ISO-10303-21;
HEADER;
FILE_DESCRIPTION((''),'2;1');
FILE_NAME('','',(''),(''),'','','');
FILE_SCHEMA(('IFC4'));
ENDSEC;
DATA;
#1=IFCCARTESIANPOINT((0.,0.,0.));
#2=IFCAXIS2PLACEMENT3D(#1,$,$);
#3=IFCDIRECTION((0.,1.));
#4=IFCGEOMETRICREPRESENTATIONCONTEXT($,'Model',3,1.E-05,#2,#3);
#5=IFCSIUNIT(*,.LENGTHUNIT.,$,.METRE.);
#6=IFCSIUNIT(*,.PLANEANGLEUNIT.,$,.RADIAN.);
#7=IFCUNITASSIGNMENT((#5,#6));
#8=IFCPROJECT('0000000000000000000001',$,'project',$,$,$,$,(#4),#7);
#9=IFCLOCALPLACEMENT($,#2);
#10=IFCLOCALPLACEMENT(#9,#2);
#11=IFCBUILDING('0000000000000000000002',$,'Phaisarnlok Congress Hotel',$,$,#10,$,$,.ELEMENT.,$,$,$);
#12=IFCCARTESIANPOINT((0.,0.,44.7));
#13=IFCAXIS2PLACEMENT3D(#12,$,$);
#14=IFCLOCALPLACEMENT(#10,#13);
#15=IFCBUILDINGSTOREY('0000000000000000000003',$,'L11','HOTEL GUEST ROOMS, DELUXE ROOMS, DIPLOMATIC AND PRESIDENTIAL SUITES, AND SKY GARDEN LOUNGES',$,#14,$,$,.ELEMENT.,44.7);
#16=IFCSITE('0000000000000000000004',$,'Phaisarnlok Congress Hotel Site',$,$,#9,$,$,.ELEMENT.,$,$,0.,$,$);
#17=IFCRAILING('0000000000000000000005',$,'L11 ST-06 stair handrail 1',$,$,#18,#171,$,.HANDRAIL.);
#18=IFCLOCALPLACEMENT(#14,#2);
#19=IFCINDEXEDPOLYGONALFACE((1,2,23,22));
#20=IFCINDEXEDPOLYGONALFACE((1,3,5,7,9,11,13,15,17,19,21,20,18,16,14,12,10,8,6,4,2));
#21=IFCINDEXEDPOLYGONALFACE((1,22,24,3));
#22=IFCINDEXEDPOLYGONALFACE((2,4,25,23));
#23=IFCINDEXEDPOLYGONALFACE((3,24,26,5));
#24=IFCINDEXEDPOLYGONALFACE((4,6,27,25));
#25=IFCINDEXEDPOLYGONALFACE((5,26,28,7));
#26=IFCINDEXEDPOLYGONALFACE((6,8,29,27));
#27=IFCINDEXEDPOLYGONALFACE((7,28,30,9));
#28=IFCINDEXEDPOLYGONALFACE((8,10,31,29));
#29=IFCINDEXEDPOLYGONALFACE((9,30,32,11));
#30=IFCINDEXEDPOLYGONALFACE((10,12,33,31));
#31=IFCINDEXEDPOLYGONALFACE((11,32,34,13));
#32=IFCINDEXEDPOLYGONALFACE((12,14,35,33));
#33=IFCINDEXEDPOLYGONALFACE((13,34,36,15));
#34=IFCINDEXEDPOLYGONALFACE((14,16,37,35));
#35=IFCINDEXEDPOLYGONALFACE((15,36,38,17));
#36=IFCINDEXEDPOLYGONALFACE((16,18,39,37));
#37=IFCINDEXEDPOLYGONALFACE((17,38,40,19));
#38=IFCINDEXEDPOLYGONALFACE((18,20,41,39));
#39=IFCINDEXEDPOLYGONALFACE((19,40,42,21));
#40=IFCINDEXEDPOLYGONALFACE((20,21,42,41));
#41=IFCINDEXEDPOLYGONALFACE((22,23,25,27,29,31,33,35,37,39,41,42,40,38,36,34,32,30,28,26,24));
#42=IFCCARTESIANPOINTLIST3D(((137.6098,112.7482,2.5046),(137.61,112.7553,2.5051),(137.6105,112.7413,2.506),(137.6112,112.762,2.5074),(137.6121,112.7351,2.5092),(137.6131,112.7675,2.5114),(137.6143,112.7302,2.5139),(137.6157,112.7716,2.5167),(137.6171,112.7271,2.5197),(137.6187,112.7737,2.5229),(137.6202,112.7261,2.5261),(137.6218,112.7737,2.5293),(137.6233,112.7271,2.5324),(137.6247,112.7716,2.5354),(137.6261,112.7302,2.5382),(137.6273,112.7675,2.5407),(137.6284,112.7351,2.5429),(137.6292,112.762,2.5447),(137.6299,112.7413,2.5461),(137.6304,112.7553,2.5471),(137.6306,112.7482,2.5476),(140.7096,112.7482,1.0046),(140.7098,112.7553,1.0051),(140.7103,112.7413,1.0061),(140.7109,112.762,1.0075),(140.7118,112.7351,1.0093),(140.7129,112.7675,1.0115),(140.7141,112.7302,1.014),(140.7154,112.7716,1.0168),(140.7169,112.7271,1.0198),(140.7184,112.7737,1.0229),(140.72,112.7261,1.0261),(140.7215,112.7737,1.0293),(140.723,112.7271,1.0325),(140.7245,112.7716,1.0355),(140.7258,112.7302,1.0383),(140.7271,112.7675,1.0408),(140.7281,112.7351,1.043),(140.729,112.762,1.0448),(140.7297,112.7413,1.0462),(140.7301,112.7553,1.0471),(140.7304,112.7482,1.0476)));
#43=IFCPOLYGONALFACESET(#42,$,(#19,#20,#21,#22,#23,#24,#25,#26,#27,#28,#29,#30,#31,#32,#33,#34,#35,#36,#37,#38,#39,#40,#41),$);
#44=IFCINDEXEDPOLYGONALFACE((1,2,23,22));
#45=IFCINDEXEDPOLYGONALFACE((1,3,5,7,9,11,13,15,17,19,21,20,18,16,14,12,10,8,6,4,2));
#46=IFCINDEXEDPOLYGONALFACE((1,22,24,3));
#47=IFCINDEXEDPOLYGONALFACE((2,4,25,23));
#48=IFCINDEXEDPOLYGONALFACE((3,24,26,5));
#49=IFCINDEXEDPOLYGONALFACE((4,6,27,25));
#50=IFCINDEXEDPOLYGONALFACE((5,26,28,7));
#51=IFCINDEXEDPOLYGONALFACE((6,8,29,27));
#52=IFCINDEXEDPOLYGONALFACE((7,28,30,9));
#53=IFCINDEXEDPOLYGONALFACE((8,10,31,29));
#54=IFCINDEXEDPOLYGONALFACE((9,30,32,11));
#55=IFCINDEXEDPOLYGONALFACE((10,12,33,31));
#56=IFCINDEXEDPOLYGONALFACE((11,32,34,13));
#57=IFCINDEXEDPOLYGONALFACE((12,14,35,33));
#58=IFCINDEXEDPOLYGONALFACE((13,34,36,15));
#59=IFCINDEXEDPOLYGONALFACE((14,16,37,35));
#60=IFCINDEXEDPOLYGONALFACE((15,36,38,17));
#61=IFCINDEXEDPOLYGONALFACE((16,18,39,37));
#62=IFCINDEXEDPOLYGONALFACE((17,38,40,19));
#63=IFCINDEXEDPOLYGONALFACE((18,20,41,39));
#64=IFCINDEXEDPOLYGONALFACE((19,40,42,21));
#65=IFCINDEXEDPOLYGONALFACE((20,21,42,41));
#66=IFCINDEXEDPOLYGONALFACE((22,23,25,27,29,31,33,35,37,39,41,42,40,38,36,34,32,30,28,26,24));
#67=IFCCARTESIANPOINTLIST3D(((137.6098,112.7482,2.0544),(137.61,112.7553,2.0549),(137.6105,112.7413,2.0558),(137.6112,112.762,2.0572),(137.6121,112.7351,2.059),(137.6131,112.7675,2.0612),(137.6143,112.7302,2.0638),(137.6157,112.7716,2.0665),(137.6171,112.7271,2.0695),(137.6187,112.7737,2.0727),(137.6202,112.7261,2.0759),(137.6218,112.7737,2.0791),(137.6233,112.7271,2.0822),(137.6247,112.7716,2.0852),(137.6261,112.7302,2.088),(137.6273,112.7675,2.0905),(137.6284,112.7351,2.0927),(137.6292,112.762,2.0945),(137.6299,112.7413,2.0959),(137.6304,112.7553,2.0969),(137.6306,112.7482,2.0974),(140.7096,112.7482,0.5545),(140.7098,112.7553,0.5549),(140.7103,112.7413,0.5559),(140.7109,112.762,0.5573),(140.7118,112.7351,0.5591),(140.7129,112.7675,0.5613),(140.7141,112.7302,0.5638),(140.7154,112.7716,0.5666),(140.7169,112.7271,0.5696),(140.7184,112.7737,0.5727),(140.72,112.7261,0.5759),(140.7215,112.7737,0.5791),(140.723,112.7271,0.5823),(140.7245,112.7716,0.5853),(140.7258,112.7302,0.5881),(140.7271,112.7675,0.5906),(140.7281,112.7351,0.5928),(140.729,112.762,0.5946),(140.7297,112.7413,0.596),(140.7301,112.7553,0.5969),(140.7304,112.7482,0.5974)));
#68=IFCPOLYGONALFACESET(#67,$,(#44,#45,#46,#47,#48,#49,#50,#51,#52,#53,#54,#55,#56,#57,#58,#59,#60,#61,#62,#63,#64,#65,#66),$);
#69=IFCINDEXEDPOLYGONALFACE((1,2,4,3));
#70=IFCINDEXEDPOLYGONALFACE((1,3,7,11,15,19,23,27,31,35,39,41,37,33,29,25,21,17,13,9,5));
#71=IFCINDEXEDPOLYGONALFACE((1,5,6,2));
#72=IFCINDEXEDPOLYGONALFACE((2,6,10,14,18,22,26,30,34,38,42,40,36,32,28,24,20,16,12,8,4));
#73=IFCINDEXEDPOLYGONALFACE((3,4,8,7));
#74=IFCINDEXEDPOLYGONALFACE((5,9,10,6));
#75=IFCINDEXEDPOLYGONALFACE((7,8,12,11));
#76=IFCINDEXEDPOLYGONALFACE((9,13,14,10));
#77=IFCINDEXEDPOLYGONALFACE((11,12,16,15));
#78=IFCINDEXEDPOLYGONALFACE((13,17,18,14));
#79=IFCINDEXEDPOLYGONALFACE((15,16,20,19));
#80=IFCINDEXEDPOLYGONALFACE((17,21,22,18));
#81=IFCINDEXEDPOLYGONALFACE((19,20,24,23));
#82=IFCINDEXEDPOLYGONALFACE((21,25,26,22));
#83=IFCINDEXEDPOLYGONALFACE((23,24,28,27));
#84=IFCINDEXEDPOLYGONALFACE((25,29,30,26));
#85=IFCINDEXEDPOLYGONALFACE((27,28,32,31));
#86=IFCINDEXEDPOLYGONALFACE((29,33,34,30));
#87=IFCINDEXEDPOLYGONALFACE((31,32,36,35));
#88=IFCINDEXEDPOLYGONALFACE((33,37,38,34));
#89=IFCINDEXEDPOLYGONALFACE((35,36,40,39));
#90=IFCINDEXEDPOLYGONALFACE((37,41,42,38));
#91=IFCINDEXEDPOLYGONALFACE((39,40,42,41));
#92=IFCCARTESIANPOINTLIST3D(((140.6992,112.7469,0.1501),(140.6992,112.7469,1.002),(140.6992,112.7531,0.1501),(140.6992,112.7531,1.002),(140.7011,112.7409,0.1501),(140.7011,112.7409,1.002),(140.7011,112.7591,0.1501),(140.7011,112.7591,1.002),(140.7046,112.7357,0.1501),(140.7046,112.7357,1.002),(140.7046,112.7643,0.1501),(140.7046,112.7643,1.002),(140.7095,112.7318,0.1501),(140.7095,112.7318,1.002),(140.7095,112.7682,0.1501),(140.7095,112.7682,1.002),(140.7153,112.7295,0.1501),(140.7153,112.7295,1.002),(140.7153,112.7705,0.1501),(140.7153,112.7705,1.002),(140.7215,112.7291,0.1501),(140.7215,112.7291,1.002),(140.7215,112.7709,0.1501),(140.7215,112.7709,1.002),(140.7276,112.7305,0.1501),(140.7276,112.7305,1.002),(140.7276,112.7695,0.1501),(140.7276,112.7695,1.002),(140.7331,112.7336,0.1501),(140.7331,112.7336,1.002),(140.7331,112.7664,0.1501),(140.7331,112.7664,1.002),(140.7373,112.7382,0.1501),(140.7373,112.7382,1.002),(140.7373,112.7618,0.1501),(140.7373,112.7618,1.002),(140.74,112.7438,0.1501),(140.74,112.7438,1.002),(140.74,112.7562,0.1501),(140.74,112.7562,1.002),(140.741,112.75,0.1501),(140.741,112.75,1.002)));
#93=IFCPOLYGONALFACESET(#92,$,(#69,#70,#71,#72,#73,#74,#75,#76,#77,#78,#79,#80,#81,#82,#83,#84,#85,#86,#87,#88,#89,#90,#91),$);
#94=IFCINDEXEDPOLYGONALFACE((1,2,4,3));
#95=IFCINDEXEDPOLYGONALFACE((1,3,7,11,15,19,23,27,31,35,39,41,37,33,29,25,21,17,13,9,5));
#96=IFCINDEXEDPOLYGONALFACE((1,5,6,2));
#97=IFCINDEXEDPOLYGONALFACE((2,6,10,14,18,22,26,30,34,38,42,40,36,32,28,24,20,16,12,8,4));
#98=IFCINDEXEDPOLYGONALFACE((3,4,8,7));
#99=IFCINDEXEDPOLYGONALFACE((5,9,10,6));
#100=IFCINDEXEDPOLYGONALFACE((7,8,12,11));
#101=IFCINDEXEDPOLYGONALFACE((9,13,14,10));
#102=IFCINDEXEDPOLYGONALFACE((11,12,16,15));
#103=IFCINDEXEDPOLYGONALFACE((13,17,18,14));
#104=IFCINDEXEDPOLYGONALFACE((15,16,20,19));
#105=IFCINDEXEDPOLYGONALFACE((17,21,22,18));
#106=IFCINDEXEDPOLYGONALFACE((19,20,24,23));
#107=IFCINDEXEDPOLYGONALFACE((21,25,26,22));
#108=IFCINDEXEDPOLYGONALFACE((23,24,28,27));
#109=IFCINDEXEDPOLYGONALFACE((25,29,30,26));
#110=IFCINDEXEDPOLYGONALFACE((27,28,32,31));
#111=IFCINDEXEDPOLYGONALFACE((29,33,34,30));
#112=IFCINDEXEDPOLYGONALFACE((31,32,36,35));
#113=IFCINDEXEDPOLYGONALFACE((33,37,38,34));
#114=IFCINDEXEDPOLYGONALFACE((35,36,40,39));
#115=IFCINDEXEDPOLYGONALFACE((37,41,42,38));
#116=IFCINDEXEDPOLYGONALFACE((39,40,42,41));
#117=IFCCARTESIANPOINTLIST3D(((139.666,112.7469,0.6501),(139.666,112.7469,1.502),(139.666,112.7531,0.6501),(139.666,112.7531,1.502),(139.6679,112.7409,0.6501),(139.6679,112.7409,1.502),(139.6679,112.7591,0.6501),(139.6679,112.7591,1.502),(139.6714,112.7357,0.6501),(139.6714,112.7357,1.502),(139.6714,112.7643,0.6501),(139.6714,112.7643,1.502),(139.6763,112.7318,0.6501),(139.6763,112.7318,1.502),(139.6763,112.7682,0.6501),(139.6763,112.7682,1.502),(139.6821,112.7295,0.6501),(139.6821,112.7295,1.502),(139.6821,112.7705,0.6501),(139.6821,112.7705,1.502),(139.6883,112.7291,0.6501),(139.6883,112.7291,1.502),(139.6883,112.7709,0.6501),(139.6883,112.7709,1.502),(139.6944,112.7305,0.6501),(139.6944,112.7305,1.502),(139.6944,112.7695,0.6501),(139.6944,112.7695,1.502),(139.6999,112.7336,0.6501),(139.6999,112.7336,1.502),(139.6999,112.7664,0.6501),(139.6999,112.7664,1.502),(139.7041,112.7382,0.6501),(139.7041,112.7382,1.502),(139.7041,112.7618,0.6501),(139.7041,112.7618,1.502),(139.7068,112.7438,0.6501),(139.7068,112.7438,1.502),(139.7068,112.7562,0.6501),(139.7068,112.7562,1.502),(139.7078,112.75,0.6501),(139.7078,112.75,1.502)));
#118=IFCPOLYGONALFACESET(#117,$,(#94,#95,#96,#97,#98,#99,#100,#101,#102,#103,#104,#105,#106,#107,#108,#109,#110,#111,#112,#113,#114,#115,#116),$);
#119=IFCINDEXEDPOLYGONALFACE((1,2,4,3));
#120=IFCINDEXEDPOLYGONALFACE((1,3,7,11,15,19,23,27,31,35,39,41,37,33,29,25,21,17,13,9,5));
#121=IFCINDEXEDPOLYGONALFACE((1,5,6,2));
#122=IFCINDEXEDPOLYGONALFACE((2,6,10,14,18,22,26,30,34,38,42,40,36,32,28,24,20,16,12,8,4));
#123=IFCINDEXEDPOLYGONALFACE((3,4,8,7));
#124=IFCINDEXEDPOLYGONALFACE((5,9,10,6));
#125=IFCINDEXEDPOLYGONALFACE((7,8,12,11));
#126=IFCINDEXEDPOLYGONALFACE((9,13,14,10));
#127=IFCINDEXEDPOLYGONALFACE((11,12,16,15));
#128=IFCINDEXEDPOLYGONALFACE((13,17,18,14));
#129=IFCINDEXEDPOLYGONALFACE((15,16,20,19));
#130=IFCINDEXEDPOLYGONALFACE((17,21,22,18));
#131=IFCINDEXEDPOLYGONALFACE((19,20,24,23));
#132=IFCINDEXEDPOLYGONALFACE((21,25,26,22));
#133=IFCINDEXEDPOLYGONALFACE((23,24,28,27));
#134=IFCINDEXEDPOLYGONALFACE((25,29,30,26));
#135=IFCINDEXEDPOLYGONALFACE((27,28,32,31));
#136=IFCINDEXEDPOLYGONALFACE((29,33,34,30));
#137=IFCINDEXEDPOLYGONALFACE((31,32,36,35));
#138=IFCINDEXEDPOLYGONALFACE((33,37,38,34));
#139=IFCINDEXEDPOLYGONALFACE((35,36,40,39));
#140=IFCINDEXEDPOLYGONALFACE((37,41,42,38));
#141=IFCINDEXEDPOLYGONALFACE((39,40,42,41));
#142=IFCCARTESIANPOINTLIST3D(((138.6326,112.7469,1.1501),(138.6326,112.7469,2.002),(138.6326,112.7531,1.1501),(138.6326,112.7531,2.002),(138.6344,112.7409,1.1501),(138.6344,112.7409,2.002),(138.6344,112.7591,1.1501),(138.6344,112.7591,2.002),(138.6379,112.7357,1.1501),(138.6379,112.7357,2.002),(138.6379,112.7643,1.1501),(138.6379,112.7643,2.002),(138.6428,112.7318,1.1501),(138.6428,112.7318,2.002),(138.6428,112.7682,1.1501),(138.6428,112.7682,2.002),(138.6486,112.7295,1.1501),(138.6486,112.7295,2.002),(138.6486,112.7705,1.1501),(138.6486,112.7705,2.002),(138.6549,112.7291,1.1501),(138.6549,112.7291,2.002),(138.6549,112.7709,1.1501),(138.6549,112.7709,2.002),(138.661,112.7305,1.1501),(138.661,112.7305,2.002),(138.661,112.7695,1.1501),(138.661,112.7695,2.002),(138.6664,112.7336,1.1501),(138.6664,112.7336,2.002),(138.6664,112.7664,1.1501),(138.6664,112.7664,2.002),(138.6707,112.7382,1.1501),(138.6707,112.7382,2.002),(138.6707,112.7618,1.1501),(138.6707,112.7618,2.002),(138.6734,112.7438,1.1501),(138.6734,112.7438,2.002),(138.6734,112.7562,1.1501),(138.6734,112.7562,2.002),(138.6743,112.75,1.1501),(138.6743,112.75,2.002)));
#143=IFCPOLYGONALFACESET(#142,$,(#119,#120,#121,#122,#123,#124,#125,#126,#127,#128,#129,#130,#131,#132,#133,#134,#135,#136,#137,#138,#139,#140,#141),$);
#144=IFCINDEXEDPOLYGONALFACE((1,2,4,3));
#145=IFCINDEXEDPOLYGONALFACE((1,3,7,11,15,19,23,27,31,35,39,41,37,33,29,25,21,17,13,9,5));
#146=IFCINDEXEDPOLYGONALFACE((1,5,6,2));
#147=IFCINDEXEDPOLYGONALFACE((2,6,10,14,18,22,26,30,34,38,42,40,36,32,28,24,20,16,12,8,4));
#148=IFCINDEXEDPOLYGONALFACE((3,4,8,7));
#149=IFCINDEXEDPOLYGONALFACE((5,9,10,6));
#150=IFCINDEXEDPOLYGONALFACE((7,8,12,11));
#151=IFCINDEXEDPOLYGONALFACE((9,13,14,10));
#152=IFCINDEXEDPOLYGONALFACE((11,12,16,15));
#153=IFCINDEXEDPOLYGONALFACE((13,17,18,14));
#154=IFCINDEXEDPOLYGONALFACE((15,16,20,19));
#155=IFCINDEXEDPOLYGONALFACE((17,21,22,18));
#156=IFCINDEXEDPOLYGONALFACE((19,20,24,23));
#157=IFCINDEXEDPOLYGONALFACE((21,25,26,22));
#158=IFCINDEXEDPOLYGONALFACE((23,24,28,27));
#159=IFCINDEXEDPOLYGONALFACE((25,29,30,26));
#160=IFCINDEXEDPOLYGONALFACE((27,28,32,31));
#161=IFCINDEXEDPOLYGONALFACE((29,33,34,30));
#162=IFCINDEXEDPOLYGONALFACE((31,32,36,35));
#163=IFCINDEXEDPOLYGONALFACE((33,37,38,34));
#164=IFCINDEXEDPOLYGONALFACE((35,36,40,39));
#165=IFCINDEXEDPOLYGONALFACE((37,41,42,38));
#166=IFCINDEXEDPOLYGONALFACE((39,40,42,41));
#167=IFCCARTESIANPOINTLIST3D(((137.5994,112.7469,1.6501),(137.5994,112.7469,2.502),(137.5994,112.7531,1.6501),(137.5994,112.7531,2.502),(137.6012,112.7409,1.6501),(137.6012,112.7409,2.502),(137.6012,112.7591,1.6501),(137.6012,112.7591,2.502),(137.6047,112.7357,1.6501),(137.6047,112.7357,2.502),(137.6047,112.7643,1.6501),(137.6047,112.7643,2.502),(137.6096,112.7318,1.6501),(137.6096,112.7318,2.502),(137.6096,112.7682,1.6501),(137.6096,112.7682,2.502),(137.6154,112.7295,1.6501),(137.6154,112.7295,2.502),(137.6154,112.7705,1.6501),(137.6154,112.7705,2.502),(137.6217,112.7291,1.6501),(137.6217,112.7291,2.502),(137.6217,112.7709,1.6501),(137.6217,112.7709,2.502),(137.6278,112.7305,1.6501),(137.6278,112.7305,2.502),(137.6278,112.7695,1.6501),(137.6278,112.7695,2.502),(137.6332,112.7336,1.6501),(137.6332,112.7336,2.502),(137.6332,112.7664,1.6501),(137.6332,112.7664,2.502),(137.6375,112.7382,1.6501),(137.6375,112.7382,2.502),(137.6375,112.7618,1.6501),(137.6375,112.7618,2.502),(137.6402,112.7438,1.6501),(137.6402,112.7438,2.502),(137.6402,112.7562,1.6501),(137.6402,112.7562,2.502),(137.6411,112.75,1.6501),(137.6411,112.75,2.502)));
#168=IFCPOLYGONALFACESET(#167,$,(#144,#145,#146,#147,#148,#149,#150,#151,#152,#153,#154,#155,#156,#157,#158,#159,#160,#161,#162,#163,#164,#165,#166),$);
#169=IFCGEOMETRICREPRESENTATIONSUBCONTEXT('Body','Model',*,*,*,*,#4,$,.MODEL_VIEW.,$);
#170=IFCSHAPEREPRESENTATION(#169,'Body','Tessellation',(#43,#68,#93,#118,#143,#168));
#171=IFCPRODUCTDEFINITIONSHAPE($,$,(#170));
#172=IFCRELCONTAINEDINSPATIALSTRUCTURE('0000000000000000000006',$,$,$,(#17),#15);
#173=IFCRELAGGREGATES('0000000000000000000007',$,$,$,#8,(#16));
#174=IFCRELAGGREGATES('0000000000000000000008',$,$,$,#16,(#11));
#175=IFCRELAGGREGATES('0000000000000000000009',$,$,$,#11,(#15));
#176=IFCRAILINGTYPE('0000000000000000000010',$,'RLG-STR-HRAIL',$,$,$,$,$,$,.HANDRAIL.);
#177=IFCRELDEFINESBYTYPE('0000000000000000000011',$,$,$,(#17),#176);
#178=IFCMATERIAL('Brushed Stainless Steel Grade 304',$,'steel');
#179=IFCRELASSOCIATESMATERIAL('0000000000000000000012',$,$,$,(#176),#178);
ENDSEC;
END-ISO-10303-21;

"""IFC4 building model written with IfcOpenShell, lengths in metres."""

from ifc_helpers import new_model, si_unit, direction, frame, origin, origin_2d, place, context, subcontext, project, spatial, circle, extrude, material, type_object, element, save


model = new_model("IFC4")

# Units and contexts
model_context = context("Model", 3, precision=1e-05, world=origin(), true_north=direction((0.0, 1.0)))
body_context = subcontext(model_context, "Body", "Model", "MODEL_VIEW")
ifc_project = project(units=[si_unit("LENGTHUNIT", "METRE"), si_unit("PLANEANGLEUNIT", "RADIAN")], contexts=[model_context])

# Site, building, storey
site_placement = place(None, origin())
site = spatial("IfcSite", under=ifc_project, at=site_placement, Name="Phaisarnlok Congress Hotel Site", CompositionType="ELEMENT", RefElevation=0.0)
building_placement = place(site_placement, origin())
building = spatial("IfcBuilding", under=site, at=building_placement, Name="Phaisarnlok Congress Hotel", CompositionType="ELEMENT")
storey_placement = place(building_placement, frame((0.0, 0.0, 44.7)))
storey = spatial("IfcBuildingStorey", under=building, at=storey_placement, Name="L11", Description="HOTEL GUEST ROOMS, DELUXE ROOMS, DIPLOMATIC AND PRESIDENTIAL SUITES, AND SKY GARDEN LOUNGES", CompositionType="ELEMENT", Elevation=44.7)

# Railing
ifc_material_1 = material(Name="Brushed Stainless Steel Grade 304", Category="steel")
railing_type_1 = type_object("IfcRailingType", Name="RLG-STR-HRAIL", PredefinedType="HANDRAIL", material=ifc_material_1)
railing_1_placement = place(storey_placement, frame((140.72, 112.75, 0.1501)))
element("IfcRailing", 1, at=railing_1_placement, inside=storey, type_object=railing_type_1, Name="L11 ST-06 stair handrail 1", PredefinedType="HANDRAIL", context=body_context, shape_type="SweptSolid", body=[
    extrude(circle(Radius=0.0239, at=origin_2d()), frame((0.0, 0.0, 0.876), z_axis=(-0.900151, 0.0, 0.435578), x_axis=(0.0, -1.0, 0.0)), (0.0, 0.0, 1.0), 3.4436),
    extrude(circle(Radius=0.0239, at=origin_2d()), frame((0.0, 0.0, 0.4258), z_axis=(-0.900151, 0.0, 0.435578), x_axis=(0.0, -1.0, 0.0)), (0.0, 0.0, 1.0), 3.4436),
    extrude(circle(Radius=0.021, at=origin_2d()), origin(), (0.0, 0.0, 1.0), 0.8518),
    extrude(circle(Radius=0.021, at=origin_2d()), frame((-1.0332, 0.0, 0.5)), (0.0, 0.0, 1.0), 0.8518),
    extrude(circle(Radius=0.021, at=origin_2d()), frame((-2.0667, 0.0, 1.0)), (0.0, 0.0, 1.0), 0.8518),
    extrude(circle(Radius=0.021, at=origin_2d()), frame((-3.0999, 0.0, 1.5)), (0.0, 0.0, 1.0), 0.8518),
])

save(model, "model.ifc")
